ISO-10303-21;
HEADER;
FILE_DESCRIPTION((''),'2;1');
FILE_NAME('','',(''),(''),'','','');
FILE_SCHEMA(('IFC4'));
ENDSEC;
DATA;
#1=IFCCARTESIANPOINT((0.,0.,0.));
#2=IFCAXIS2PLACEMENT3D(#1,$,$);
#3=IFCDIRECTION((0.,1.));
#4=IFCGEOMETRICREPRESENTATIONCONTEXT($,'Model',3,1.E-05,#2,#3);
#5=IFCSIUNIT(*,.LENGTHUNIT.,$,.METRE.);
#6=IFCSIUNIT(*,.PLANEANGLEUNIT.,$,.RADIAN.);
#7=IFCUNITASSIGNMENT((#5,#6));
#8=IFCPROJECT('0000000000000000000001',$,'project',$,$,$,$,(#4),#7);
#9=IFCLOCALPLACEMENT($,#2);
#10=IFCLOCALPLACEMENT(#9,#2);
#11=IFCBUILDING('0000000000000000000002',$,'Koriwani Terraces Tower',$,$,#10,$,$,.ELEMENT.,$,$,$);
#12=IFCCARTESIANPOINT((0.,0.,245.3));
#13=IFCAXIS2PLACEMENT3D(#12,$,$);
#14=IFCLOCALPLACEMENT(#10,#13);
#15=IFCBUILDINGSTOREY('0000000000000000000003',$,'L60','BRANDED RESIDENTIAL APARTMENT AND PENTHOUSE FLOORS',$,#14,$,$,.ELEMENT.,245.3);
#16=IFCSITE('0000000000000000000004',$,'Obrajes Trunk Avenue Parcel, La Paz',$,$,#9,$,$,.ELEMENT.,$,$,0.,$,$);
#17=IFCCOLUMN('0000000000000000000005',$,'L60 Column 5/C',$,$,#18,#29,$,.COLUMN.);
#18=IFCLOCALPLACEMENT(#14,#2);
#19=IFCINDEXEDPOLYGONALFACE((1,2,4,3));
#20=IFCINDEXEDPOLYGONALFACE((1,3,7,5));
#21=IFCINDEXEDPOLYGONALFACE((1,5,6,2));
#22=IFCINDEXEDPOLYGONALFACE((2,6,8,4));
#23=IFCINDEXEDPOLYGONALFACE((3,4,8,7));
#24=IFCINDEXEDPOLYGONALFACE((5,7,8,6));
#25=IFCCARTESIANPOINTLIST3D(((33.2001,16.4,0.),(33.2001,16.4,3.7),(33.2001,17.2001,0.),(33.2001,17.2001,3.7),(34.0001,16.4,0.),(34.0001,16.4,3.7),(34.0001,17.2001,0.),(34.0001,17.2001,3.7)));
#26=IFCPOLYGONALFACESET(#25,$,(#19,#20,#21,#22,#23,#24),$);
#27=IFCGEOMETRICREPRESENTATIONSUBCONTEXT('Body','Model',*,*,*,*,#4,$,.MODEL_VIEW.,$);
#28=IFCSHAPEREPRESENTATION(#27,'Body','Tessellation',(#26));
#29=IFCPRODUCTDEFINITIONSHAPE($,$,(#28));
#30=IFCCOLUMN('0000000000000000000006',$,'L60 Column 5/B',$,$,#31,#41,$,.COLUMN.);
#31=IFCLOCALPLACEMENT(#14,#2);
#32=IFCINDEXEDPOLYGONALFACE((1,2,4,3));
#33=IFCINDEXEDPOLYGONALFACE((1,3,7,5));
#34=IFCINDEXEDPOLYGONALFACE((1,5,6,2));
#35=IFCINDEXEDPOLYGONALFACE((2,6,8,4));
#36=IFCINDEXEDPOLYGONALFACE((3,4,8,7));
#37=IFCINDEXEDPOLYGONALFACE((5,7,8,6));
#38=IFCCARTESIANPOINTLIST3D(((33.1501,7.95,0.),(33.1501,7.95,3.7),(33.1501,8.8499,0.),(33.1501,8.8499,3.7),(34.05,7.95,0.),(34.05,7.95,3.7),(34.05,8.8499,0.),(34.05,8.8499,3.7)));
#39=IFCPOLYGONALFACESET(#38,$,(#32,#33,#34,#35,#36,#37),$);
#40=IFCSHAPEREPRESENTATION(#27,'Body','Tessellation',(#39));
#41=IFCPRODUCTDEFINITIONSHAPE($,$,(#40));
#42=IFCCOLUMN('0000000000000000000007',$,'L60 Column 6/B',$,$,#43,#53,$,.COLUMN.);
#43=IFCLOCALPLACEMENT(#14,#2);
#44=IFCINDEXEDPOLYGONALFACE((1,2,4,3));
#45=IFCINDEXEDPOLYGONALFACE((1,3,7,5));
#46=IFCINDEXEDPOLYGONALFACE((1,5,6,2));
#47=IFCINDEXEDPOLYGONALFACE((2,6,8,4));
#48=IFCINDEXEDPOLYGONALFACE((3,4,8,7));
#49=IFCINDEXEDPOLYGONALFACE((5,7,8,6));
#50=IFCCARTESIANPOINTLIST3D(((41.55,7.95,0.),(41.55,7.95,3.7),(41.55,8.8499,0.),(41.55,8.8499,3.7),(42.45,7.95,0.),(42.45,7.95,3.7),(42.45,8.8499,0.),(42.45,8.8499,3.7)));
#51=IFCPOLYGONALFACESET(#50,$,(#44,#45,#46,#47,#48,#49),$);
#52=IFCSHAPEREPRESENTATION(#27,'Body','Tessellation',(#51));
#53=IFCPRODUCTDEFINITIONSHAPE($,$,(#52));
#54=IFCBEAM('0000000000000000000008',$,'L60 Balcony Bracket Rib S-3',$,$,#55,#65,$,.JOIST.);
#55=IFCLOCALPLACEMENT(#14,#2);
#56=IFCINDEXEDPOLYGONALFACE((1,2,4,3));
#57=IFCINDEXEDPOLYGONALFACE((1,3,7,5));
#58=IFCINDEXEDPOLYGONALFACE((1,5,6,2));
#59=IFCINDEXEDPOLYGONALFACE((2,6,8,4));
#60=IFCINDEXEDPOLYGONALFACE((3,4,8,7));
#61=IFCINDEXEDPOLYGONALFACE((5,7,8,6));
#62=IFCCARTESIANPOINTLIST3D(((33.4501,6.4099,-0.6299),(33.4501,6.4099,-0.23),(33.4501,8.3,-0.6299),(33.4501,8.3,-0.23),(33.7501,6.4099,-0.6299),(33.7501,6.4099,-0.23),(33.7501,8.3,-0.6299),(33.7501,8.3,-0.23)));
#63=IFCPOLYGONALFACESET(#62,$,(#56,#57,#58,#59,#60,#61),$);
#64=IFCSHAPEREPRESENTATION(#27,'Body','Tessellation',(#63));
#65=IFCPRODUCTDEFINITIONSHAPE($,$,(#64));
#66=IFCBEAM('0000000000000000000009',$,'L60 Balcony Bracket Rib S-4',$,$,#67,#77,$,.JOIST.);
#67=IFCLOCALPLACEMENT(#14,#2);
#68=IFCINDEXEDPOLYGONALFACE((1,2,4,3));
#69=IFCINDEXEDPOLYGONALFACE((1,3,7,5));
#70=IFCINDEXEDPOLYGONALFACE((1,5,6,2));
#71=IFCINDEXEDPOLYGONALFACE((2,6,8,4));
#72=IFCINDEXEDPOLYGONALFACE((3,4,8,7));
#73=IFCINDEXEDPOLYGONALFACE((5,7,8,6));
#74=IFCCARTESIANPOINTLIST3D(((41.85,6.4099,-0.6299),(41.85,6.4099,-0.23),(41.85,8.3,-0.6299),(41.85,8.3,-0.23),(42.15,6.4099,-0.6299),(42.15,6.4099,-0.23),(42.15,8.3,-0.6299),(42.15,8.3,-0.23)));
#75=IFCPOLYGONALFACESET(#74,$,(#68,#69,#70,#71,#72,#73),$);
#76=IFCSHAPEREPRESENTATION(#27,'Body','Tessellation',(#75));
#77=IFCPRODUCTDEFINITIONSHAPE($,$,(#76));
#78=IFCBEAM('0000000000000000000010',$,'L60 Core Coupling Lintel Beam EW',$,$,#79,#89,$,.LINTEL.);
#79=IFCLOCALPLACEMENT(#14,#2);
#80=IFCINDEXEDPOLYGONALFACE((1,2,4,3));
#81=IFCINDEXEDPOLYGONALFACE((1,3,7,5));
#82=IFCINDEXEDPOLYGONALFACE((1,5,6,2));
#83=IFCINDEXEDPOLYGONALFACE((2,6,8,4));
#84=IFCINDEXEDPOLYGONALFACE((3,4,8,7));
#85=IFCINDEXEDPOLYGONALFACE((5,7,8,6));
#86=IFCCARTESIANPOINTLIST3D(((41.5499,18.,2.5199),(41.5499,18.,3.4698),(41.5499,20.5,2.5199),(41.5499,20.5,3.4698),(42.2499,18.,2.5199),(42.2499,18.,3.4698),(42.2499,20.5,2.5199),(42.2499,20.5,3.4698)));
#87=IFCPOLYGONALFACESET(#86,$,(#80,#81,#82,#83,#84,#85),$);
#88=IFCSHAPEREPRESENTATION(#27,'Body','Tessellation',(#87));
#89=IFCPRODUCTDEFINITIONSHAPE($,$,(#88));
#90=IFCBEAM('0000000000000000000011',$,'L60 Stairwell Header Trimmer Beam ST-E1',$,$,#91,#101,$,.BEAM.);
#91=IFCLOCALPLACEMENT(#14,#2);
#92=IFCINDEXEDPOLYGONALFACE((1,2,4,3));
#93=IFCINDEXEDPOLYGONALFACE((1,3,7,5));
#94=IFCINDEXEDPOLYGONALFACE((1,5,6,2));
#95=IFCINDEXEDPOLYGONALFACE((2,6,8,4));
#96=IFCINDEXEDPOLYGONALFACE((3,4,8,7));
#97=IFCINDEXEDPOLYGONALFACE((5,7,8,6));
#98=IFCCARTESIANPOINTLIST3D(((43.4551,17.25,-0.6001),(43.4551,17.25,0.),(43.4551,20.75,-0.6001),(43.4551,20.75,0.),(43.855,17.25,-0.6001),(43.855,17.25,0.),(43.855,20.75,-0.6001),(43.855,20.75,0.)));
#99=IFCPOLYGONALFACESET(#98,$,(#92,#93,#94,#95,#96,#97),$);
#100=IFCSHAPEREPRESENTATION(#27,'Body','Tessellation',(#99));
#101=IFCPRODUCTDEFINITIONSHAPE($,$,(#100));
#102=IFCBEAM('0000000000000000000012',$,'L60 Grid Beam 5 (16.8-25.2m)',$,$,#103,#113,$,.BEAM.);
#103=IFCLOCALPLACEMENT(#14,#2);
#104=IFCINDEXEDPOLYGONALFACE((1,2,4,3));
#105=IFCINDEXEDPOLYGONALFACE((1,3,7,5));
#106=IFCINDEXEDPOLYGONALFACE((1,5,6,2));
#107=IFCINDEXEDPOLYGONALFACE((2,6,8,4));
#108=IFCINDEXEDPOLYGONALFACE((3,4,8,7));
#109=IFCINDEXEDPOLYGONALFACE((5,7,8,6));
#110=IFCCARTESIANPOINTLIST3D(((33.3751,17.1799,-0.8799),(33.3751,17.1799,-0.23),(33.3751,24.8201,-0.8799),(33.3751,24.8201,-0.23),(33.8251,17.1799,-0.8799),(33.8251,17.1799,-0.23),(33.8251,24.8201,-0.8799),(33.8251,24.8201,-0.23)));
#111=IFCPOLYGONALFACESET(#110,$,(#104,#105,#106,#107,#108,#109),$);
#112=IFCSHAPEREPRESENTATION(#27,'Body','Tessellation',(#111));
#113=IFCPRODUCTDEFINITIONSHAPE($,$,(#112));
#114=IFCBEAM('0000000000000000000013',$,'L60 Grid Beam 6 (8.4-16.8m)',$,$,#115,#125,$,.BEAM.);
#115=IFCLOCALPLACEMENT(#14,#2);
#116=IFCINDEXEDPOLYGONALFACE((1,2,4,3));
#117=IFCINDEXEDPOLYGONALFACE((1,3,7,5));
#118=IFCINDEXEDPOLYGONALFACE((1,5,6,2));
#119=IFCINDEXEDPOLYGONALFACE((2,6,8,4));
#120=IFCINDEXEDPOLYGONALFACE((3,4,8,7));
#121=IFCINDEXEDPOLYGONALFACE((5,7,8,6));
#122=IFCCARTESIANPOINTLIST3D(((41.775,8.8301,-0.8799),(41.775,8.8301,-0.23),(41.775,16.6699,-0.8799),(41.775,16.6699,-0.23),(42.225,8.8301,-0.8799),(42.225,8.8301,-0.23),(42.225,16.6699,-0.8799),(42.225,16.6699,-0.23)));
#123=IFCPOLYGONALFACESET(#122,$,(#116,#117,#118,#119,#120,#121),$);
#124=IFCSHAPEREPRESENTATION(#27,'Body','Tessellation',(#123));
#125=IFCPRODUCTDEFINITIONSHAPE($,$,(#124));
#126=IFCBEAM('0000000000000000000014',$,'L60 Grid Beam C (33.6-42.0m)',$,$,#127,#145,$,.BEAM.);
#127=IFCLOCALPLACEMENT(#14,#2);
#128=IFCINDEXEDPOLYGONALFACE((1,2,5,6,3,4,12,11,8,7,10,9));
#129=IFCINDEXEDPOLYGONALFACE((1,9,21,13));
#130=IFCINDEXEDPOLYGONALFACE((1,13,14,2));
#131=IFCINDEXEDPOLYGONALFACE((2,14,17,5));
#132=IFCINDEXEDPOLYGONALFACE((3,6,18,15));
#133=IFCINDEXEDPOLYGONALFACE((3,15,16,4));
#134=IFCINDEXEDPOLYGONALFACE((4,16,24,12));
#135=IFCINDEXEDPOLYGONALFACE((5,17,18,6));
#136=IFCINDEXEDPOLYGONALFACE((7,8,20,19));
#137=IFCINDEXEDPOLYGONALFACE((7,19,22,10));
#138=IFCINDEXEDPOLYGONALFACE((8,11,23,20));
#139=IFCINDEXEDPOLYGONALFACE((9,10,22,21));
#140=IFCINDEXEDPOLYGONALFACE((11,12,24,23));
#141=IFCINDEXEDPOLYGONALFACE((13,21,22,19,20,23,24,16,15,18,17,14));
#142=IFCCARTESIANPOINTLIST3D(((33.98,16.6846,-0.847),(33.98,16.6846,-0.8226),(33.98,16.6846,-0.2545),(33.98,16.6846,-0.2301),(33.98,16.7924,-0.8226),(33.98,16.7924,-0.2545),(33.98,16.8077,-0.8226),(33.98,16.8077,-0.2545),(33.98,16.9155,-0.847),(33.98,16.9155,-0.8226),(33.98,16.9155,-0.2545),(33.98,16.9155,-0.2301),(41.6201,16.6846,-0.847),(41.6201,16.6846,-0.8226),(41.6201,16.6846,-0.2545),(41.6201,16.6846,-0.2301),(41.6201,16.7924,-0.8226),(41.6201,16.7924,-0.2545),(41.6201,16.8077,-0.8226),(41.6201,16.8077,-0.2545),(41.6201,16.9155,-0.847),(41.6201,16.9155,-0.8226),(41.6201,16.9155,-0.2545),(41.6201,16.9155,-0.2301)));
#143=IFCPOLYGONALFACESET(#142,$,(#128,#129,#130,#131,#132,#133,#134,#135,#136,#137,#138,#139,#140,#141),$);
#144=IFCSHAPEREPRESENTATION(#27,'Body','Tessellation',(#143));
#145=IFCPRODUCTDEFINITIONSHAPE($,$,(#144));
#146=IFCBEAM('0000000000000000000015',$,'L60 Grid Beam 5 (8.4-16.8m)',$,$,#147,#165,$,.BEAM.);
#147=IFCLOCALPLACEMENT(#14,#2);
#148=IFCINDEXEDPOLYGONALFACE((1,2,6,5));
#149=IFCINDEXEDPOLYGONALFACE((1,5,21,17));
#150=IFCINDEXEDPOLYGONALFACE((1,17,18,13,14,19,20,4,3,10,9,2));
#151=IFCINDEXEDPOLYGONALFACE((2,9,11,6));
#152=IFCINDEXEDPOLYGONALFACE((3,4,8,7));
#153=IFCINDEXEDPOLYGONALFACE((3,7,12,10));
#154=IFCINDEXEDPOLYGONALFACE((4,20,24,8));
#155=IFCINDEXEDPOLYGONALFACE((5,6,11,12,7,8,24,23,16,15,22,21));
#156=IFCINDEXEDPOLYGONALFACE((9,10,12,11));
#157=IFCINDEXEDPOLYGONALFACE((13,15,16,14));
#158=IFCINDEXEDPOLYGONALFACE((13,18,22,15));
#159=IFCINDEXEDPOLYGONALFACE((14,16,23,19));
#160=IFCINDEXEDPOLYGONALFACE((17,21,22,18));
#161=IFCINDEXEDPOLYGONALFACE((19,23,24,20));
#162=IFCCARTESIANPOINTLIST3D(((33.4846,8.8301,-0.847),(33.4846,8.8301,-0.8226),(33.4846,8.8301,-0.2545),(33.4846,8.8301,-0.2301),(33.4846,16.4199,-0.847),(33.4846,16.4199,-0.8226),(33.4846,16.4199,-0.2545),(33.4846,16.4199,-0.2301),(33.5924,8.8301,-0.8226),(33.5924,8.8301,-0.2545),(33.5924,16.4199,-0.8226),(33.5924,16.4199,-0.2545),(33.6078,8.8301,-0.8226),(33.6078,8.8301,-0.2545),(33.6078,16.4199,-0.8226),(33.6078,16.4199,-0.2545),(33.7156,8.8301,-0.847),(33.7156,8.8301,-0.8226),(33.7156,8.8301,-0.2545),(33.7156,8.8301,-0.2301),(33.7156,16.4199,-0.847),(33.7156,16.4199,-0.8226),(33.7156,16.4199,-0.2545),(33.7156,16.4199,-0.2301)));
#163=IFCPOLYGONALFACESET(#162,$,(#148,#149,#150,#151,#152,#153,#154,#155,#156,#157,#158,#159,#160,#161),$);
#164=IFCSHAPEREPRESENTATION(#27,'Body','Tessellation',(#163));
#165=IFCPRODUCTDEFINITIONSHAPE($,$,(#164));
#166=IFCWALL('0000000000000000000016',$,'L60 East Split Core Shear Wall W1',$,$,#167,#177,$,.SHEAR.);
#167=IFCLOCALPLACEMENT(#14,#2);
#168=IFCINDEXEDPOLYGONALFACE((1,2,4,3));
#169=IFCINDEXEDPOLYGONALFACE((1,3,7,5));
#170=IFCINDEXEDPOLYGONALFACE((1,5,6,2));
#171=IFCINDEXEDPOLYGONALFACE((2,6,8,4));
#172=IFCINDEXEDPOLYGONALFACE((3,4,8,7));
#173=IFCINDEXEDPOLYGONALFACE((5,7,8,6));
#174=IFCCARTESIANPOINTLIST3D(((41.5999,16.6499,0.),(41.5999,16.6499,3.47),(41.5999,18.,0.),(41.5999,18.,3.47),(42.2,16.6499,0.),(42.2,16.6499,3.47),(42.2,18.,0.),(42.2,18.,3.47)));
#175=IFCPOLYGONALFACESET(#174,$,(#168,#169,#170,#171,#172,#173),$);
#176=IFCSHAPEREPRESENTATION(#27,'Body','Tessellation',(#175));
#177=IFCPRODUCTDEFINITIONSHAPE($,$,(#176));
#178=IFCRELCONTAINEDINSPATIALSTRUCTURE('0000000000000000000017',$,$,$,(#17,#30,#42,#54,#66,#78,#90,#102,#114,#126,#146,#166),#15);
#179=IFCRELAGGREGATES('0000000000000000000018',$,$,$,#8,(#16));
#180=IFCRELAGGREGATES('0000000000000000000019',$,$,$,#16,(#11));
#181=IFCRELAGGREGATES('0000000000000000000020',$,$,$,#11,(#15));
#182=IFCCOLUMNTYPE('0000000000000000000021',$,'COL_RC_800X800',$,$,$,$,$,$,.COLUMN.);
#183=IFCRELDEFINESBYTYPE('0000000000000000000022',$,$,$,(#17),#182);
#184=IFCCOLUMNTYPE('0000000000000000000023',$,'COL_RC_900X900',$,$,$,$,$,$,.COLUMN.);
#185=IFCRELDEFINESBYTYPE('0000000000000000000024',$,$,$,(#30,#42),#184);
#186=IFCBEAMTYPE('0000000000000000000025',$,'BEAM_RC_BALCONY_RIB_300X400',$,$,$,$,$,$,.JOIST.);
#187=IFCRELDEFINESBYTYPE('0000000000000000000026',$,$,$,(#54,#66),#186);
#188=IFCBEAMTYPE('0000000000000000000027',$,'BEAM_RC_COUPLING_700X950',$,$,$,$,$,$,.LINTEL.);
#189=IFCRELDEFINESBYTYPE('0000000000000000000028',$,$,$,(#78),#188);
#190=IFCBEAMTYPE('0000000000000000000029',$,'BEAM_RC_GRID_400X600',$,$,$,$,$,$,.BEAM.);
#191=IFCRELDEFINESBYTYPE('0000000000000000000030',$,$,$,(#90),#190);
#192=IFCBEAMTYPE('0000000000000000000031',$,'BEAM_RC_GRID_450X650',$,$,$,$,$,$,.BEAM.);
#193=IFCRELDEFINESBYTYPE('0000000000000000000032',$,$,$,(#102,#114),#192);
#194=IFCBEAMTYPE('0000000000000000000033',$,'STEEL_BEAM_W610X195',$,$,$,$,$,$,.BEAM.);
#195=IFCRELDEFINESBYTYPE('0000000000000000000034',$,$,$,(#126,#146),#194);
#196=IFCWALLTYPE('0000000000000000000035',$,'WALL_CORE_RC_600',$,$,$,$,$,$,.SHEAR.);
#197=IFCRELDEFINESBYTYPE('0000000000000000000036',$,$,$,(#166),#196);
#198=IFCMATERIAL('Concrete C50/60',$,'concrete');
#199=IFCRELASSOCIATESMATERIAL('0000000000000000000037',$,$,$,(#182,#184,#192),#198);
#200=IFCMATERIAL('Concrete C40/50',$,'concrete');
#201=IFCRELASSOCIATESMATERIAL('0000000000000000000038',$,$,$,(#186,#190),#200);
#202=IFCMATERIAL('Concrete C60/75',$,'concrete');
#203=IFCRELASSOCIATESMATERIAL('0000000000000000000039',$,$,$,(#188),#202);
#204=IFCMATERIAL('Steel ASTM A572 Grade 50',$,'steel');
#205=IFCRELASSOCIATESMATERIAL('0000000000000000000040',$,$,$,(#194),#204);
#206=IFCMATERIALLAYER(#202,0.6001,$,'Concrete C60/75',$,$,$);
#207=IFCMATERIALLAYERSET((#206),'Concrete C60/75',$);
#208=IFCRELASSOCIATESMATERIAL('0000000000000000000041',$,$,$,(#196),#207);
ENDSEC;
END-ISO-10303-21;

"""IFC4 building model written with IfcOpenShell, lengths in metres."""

from ifc_helpers import new_model, si_unit, direction, frame, frame_2d, origin, origin_2d, place, context, subcontext, project, spatial, rectangle, i_section, extrude, material, layer, layer_set, material_profile, profile_set, type_object, element, save


model = new_model("IFC4")

# Units and contexts
model_context = context("Model", 3, precision=1e-05, world=origin(), true_north=direction((0.0, 1.0)))
body_context = subcontext(model_context, "Body", "Model", "MODEL_VIEW")
ifc_project = project(units=[si_unit("LENGTHUNIT", "METRE"), si_unit("PLANEANGLEUNIT", "RADIAN")], contexts=[model_context])

# Site, building, storey
site_placement = place(None, origin())
site = spatial("IfcSite", under=ifc_project, at=site_placement, Name="Obrajes Trunk Avenue Parcel, La Paz", CompositionType="ELEMENT", RefElevation=0.0)
building_placement = place(site_placement, origin())
building = spatial("IfcBuilding", under=site, at=building_placement, Name="Koriwani Terraces Tower", CompositionType="ELEMENT")
storey_placement = place(building_placement, frame((0.0, 0.0, 245.3)))
storey = spatial("IfcBuildingStorey", under=building, at=storey_placement, Name="L60", Description="BRANDED RESIDENTIAL APARTMENT AND PENTHOUSE FLOORS", CompositionType="ELEMENT", Elevation=245.3)

# Columns
ifc_material_1 = material(Name="Concrete C50/60", Category="concrete")
ifc_material_profile_1 = material_profile(ifc_material_1, rectangle(XDim=0.8, YDim=0.8, at=origin_2d()), Name="Concrete C50/60", Category="LoadBearing")
ifc_profile_set_1 = profile_set([ifc_material_profile_1], Name="Concrete C50/60")
column_type_1 = type_object("IfcColumnType", Name="COL_RC_800X800", PredefinedType="COLUMN", material=ifc_profile_set_1)
column_placement = place(storey_placement, frame((33.6001, 16.8, 0.0), z_axis=(0.0, 0.0, 1.0), x_axis=(1.0, 0.0, 0.0)))
element("IfcColumn", 1, at=column_placement, inside=storey, type_object=column_type_1, Name="L60 Column 5/C", PredefinedType="COLUMN", context=body_context, shape_type="SweptSolid", body=[
    extrude(rectangle(XDim=0.8, YDim=0.8, at=origin_2d()), origin(), (0.0, 0.0, 1.0), 3.7),
])
ifc_material_profile_2 = material_profile(ifc_material_1, rectangle(XDim=0.8999, YDim=0.8999, at=origin_2d()), Name="Concrete C50/60", Category="LoadBearing")
ifc_profile_set_2 = profile_set([ifc_material_profile_2], Name="Concrete C50/60")
column_type_2 = type_object("IfcColumnType", Name="COL_RC_900X900", PredefinedType="COLUMN", material=ifc_profile_set_2)
for number, where, z_axis, x_axis, name in (
    (2, (33.6001, 8.3999, 0.0), (0.0, 0.0, 1.0), (1.0, 0.0, 0.0), "L60 Column 5/B"),
    (3, (42.0, 8.3999, 0.0), (0.0, 0.0, 1.0), (1.0, 0.0, 0.0), "L60 Column 6/B"),
):
    element("IfcColumn", number, at=place(storey_placement, frame(where, z_axis=z_axis, x_axis=x_axis)), inside=storey, type_object=column_type_2, Name=name, PredefinedType="COLUMN", context=body_context, shape_type="SweptSolid", body=[
        extrude(rectangle(XDim=0.8999, YDim=0.8999, at=origin_2d()), origin(), (0.0, 0.0, 1.0), 3.7),
    ])

# Beams
ifc_material_2 = material(Name="Concrete C40/50", Category="concrete")
ifc_material_profile_3 = material_profile(ifc_material_2, rectangle(XDim=0.3, YDim=0.3999, at=origin_2d()), Name="Concrete C40/50", Category="LoadBearing")
ifc_profile_set_3 = profile_set([ifc_material_profile_3], Name="Concrete C40/50")
beam_type_1 = type_object("IfcBeamType", Name="BEAM_RC_BALCONY_RIB_300X400", PredefinedType="JOIST", material=ifc_profile_set_3)
for number, where, z_axis, x_axis, name in (
    (4, (33.6001, 6.4099, -0.4299), (0.0, 1.0, 0.0), (-1.0, 0.0, 0.0), "L60 Balcony Bracket Rib S-3"),
    (5, (42.0, 6.4099, -0.4299), (0.0, 1.0, 0.0), (-1.0, 0.0, 0.0), "L60 Balcony Bracket Rib S-4"),
):
    element("IfcBeam", number, at=place(storey_placement, frame(where, z_axis=z_axis, x_axis=x_axis)), inside=storey, type_object=beam_type_1, Name=name, PredefinedType="JOIST", context=body_context, shape_type="SweptSolid", body=[
        extrude(rectangle(XDim=0.3, YDim=0.3999, at=origin_2d()), origin(), (0.0, 0.0, 1.0), 1.8901),
    ])
ifc_material_3 = material(Name="Concrete C60/75", Category="concrete")
ifc_material_profile_4 = material_profile(ifc_material_3, rectangle(XDim=0.7, YDim=0.95, at=origin_2d()), Name="Concrete C60/75", Category="LoadBearing")
ifc_profile_set_4 = profile_set([ifc_material_profile_4], Name="Concrete C60/75")
beam_type_2 = type_object("IfcBeamType", Name="BEAM_RC_COUPLING_700X950", PredefinedType="LINTEL", material=ifc_profile_set_4)
beam_1_placement = place(storey_placement, frame((41.8999, 18.0, 2.9949), z_axis=(0.0, 1.0, 0.0), x_axis=(-1.0, 0.0, 0.0)))
element("IfcBeam", 6, at=beam_1_placement, inside=storey, type_object=beam_type_2, Name="L60 Core Coupling Lintel Beam EW", PredefinedType="LINTEL", context=body_context, shape_type="SweptSolid", body=[
    extrude(rectangle(XDim=0.7, YDim=0.95, at=origin_2d()), origin(), (0.0, 0.0, 1.0), 2.5),
])
ifc_material_profile_5 = material_profile(ifc_material_2, rectangle(XDim=0.3999, YDim=0.6001, at=origin_2d()), Name="Concrete C40/50", Category="LoadBearing")
ifc_profile_set_5 = profile_set([ifc_material_profile_5], Name="Concrete C40/50")
beam_type_3 = type_object("IfcBeamType", Name="BEAM_RC_GRID_400X600", PredefinedType="BEAM", material=ifc_profile_set_5)
beam_2_placement = place(storey_placement, frame((43.655, 17.25, -0.3), z_axis=(0.0, 1.0, 0.0), x_axis=(-1.0, 0.0, 0.0)))
element("IfcBeam", 7, at=beam_2_placement, inside=storey, type_object=beam_type_3, Name="L60 Stairwell Header Trimmer Beam ST-E1", PredefinedType="BEAM", context=body_context, shape_type="SweptSolid", body=[
    extrude(rectangle(XDim=0.3999, YDim=0.6001, at=origin_2d()), origin(), (0.0, 0.0, 1.0), 3.5),
])
ifc_material_profile_6 = material_profile(ifc_material_1, rectangle(XDim=0.45, YDim=0.6499, at=origin_2d()), Name="Concrete C50/60", Category="LoadBearing")
ifc_profile_set_6 = profile_set([ifc_material_profile_6], Name="Concrete C50/60")
beam_type_4 = type_object("IfcBeamType", Name="BEAM_RC_GRID_450X650", PredefinedType="BEAM", material=ifc_profile_set_6)
beam_3_placement = place(storey_placement, frame((33.6001, 17.1799, -0.5549), z_axis=(0.0, 1.0, 0.0), x_axis=(-1.0, 0.0, 0.0)))
element("IfcBeam", 8, at=beam_3_placement, inside=storey, type_object=beam_type_4, Name="L60 Grid Beam 5 (16.8-25.2m)", PredefinedType="BEAM", context=body_context, shape_type="SweptSolid", body=[
    extrude(rectangle(XDim=0.45, YDim=0.6499, at=origin_2d()), origin(), (0.0, 0.0, 1.0), 7.6401),
])
beam_4_placement = place(storey_placement, frame((42.0, 8.8301, -0.5549), z_axis=(0.0, 1.0, 0.0), x_axis=(-1.0, 0.0, 0.0)))
element("IfcBeam", 9, at=beam_4_placement, inside=storey, type_object=beam_type_4, Name="L60 Grid Beam 6 (8.4-16.8m)", PredefinedType="BEAM", context=body_context, shape_type="SweptSolid", body=[
    extrude(rectangle(XDim=0.45, YDim=0.6499, at=origin_2d()), origin(), (0.0, 0.0, 1.0), 7.8398),
])
ifc_material_4 = material(Name="Steel ASTM A572 Grade 50", Category="steel")
ifc_material_profile_7 = material_profile(ifc_material_4, i_section(OverallWidth=0.231, OverallDepth=0.6169, WebThickness=0.0154, FlangeThickness=0.0244, at=origin_2d()), Name="Steel ASTM A572 Grade 50", Category="LoadBearing")
ifc_profile_set_7 = profile_set([ifc_material_profile_7], Name="Steel ASTM A572 Grade 50")
beam_type_5 = type_object("IfcBeamType", Name="STEEL_BEAM_W610X195", PredefinedType="BEAM", material=ifc_profile_set_7)
beam_5_placement = place(storey_placement, frame((33.98, 16.8, -0.5386), z_axis=(1.0, 0.0, 0.0), x_axis=(0.0, 1.0, 0.0)))
element("IfcBeam", 10, at=beam_5_placement, inside=storey, type_object=beam_type_5, Name="L60 Grid Beam C (33.6-42.0m)", PredefinedType="BEAM", context=body_context, shape_type="SweptSolid", body=[
    extrude(i_section(OverallWidth=0.231, OverallDepth=0.6169, WebThickness=0.0154, FlangeThickness=0.0244, at=origin_2d()), origin(), (0.0, 0.0, 1.0), 7.6401),
])
beam_6_placement = place(storey_placement, frame((33.6001, 8.8301, -0.5386), z_axis=(0.0, 1.0, 0.0), x_axis=(-1.0, 0.0, 0.0)))
element("IfcBeam", 11, at=beam_6_placement, inside=storey, type_object=beam_type_5, Name="L60 Grid Beam 5 (8.4-16.8m)", PredefinedType="BEAM", context=body_context, shape_type="SweptSolid", body=[
    extrude(i_section(OverallWidth=0.231, OverallDepth=0.6169, WebThickness=0.0154, FlangeThickness=0.0244, at=origin_2d()), origin(), (0.0, 0.0, 1.0), 7.5898),
])

# Wall
ifc_layer_1 = layer(ifc_material_3, 0.6001, Name="Concrete C60/75")
ifc_layer_set_1 = layer_set([ifc_layer_1], Name="Concrete C60/75")
wall_type_1 = type_object("IfcWallType", Name="WALL_CORE_RC_600", PredefinedType="SHEAR", material=ifc_layer_set_1)
wall_1_placement = place(storey_placement, frame((41.8999, 16.6499, 0.0), z_axis=(0.0, 0.0, 1.0), x_axis=(0.0, 1.0, 0.0)))
element("IfcWall", 12, at=wall_1_placement, inside=storey, type_object=wall_type_1, Name="L60 East Split Core Shear Wall W1", PredefinedType="SHEAR", context=body_context, shape_type="SweptSolid", body=[
    extrude(rectangle(XDim=1.3501, YDim=0.6001, at=frame_2d((0.675, 0.0))), origin(), (0.0, 0.0, 1.0), 3.47),
])

save(model, "model.ifc")
